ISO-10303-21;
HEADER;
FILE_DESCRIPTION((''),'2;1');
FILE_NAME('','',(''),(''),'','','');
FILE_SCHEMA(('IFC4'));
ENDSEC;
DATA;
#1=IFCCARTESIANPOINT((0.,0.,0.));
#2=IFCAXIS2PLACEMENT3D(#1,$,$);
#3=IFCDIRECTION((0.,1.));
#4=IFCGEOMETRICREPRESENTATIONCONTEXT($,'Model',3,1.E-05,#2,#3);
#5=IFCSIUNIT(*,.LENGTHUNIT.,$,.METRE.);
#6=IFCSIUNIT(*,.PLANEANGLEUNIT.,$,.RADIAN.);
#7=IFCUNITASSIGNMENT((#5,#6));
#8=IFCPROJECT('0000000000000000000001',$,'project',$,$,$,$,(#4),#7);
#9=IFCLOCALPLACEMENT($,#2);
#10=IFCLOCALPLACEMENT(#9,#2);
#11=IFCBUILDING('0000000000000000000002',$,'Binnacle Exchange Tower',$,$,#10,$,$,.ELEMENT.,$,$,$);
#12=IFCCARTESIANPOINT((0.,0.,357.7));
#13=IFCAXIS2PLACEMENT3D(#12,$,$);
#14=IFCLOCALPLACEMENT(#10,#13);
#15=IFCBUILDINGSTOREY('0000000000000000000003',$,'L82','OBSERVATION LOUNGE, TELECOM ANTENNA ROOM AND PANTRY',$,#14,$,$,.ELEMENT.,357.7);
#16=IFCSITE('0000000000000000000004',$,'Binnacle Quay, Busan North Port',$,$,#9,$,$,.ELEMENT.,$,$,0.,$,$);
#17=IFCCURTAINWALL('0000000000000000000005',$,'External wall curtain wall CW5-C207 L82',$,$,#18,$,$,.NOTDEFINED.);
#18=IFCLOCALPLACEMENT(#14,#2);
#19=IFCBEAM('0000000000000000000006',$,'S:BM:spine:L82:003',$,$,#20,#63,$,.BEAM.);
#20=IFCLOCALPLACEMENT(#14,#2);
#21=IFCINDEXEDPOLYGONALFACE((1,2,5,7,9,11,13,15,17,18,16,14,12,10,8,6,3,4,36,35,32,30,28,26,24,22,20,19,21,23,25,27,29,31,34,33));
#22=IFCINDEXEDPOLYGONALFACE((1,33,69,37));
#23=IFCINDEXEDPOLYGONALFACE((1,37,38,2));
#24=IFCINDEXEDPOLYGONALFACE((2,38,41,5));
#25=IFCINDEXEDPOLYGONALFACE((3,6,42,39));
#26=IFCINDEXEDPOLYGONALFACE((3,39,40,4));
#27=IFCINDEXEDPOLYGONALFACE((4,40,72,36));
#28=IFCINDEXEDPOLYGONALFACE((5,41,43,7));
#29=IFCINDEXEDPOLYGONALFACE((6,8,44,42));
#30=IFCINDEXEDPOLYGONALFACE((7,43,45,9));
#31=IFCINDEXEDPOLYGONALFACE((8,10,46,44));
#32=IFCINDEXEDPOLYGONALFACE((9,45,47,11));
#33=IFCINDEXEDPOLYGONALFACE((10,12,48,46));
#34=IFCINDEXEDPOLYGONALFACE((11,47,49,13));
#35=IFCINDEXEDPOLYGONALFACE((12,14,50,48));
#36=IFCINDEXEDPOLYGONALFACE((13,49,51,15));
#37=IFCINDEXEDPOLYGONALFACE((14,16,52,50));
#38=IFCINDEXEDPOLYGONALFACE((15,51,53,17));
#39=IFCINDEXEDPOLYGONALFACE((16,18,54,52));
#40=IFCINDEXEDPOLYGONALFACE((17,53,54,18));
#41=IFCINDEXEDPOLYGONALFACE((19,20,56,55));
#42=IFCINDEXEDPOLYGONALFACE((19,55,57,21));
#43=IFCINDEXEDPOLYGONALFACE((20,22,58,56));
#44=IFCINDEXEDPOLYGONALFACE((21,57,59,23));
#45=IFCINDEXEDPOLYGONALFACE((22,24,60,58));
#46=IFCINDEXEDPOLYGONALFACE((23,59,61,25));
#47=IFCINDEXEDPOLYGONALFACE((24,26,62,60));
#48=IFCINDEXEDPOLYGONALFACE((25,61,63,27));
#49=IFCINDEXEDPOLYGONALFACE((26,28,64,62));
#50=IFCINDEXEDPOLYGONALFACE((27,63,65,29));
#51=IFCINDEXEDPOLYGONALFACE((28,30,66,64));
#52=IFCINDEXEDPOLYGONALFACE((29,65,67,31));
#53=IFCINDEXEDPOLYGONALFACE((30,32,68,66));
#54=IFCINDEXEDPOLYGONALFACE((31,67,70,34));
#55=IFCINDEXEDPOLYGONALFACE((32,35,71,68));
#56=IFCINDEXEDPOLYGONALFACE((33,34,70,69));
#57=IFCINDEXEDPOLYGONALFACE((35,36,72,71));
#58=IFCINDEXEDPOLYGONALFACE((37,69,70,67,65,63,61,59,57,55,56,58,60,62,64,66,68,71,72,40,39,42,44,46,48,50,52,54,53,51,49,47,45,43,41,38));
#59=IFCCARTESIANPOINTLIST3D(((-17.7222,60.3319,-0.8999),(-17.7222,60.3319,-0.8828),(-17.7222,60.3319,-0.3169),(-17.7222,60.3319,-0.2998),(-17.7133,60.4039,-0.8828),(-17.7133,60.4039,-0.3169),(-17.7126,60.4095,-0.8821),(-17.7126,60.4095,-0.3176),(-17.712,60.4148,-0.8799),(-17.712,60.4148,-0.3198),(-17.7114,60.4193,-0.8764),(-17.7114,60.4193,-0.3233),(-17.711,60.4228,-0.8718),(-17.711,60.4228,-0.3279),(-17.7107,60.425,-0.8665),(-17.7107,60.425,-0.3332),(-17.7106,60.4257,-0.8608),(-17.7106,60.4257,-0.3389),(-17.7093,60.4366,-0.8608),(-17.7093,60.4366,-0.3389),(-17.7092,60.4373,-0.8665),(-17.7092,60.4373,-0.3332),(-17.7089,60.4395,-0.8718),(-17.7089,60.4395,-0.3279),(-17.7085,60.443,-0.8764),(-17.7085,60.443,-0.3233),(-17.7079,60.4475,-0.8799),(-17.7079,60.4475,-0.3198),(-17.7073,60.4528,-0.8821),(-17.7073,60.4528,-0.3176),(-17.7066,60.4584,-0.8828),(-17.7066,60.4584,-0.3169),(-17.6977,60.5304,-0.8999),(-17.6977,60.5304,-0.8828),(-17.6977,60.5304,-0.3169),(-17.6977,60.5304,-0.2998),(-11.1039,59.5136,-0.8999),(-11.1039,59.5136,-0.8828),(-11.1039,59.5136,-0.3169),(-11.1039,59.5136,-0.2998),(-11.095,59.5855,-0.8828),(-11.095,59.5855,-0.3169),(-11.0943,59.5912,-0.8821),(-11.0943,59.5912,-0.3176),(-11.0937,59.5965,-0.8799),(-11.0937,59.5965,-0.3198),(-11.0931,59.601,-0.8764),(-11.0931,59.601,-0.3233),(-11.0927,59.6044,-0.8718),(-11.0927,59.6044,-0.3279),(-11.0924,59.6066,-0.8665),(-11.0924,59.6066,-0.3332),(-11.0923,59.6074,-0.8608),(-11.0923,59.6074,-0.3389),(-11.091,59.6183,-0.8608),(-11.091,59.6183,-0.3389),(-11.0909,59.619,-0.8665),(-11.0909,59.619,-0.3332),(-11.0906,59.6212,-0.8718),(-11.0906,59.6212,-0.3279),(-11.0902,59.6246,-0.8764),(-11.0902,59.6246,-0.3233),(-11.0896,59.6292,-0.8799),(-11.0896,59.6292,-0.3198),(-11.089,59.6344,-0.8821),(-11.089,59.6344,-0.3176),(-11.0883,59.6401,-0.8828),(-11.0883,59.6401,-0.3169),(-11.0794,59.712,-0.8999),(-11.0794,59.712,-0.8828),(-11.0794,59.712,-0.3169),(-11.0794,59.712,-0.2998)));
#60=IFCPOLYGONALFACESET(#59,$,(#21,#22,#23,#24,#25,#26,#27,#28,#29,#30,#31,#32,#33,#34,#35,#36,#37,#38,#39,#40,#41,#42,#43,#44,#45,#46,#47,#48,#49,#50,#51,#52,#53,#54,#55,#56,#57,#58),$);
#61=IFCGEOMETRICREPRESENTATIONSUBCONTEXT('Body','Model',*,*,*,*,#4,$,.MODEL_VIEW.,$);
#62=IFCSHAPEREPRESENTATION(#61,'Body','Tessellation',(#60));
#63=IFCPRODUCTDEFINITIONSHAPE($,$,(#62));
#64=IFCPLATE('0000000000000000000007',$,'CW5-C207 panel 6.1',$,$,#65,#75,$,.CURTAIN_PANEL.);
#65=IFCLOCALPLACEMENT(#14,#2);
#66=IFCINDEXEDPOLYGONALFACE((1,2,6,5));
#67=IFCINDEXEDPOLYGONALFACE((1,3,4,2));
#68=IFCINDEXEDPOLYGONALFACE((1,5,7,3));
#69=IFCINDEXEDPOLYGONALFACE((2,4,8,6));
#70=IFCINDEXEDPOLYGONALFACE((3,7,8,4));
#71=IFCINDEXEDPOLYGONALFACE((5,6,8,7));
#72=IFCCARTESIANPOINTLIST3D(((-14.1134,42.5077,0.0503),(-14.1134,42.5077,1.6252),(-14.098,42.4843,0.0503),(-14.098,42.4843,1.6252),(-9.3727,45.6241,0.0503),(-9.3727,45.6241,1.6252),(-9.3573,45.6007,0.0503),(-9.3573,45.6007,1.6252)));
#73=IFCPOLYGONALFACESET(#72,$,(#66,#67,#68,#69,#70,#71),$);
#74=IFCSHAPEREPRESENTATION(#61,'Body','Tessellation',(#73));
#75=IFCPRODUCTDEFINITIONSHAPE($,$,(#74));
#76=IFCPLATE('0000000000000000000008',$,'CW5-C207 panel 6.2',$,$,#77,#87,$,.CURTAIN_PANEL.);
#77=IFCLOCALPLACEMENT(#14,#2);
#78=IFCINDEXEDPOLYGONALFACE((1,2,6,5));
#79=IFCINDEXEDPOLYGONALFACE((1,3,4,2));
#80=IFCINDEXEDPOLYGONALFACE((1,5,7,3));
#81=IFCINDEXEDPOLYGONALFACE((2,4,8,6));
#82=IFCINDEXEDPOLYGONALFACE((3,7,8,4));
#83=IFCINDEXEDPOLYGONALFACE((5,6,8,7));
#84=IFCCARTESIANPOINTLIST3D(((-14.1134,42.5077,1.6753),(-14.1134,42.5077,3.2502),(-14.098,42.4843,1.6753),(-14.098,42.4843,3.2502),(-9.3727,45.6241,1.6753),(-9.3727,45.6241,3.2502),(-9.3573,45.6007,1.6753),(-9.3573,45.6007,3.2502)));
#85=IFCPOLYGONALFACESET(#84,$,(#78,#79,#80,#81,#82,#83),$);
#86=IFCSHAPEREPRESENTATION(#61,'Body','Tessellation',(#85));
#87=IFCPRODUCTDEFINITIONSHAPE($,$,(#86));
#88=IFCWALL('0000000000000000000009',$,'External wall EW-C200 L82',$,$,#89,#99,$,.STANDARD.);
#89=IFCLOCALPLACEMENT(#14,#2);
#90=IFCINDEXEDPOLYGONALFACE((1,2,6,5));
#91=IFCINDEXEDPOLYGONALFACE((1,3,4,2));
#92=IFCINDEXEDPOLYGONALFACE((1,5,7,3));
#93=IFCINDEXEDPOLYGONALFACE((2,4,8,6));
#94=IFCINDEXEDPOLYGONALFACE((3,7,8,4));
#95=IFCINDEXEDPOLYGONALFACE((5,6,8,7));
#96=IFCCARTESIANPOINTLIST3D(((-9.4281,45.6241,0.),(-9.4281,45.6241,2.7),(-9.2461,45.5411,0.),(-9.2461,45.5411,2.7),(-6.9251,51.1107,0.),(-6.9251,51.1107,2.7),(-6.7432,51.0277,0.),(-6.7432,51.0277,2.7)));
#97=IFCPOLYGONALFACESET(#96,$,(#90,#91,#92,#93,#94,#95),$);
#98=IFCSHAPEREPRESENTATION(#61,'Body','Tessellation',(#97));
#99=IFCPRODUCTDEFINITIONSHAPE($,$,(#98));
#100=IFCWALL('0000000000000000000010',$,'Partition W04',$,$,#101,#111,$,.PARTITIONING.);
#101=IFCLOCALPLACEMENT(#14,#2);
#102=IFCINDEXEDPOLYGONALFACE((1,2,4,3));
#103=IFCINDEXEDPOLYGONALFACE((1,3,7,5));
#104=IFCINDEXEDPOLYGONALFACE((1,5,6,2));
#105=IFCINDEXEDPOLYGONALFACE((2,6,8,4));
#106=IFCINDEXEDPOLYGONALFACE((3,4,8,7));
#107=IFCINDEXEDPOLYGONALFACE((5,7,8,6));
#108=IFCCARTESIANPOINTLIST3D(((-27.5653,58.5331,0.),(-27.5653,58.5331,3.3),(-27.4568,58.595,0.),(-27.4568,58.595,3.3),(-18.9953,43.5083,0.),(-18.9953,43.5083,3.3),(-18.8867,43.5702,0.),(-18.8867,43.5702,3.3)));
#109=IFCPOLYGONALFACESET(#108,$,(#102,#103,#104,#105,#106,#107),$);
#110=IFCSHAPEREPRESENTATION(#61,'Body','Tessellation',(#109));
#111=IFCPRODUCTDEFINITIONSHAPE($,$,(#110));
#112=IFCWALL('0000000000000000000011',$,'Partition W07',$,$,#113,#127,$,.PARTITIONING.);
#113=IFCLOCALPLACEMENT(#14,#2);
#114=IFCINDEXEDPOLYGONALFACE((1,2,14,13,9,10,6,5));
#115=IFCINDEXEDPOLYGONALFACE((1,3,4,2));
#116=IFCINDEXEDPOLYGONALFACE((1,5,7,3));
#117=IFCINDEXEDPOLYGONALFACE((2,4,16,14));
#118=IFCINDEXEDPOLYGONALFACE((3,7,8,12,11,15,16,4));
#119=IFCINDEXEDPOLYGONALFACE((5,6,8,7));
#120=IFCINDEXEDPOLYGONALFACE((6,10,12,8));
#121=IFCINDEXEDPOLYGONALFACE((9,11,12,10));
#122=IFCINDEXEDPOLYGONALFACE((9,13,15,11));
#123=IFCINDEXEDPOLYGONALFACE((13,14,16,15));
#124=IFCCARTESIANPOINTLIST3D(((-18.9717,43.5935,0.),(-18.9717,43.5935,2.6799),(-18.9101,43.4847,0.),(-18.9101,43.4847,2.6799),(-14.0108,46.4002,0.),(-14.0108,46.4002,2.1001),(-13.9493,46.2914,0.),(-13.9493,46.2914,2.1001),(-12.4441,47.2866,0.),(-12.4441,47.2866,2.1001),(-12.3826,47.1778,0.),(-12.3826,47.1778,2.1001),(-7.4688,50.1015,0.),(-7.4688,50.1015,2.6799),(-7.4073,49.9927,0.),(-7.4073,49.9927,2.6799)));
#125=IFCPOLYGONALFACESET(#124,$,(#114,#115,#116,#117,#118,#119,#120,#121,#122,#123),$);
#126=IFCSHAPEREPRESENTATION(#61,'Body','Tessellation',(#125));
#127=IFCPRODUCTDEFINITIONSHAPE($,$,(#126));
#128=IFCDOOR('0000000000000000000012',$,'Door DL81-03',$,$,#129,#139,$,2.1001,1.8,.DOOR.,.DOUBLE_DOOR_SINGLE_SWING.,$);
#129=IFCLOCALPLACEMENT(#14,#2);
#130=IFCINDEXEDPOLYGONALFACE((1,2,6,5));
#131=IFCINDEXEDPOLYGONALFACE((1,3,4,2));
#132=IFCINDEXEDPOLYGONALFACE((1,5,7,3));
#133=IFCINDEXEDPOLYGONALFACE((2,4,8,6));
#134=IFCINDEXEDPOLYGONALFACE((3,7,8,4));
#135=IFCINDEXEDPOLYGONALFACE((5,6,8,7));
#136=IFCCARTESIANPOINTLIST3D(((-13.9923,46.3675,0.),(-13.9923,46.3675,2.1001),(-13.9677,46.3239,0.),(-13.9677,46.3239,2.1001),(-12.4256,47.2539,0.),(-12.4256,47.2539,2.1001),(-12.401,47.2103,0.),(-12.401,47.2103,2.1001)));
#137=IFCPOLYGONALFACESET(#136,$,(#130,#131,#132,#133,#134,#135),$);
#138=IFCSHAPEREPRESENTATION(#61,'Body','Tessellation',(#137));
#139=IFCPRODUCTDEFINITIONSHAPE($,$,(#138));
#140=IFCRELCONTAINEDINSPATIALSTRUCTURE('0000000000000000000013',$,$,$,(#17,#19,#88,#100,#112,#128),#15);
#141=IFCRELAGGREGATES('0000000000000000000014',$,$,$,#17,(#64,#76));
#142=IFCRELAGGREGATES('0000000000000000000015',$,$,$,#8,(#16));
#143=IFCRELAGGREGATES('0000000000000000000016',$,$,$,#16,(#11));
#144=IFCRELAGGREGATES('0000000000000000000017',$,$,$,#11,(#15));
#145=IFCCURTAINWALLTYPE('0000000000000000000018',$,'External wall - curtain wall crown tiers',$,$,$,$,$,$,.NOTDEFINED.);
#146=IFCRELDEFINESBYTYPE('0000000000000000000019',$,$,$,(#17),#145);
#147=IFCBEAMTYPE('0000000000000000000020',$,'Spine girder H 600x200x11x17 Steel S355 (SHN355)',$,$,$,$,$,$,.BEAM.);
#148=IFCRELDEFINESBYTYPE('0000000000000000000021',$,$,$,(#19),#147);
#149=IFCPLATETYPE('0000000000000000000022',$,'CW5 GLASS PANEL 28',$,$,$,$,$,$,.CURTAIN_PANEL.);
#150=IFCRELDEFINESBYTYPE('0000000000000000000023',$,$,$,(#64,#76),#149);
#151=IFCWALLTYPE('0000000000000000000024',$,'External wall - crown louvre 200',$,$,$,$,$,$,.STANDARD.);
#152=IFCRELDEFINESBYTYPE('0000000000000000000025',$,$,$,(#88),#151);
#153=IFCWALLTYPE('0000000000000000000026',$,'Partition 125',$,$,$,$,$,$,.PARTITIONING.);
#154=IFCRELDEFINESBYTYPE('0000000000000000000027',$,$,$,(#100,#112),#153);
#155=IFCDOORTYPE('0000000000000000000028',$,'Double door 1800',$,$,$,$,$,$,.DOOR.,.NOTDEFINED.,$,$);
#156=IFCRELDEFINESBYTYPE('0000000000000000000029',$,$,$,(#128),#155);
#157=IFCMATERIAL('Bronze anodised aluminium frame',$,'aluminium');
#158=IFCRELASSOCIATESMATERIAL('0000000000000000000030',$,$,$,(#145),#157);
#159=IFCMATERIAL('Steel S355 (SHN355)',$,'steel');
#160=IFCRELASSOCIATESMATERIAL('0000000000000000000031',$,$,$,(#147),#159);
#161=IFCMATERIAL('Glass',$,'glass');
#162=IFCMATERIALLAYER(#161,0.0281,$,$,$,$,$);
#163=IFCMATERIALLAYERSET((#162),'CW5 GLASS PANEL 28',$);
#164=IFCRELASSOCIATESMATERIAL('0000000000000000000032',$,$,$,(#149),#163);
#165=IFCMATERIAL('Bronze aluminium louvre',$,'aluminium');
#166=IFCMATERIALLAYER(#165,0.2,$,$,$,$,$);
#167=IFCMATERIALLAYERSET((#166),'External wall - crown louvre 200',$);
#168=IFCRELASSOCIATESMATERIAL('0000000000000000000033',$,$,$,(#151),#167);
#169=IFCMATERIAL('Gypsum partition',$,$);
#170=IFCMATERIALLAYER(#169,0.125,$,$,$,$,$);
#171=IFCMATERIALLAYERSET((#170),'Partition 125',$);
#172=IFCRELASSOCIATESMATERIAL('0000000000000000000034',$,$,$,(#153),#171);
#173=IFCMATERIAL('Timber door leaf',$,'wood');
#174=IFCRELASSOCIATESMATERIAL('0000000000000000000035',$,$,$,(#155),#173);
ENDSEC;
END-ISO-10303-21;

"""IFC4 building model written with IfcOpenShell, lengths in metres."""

from ifc_helpers import new_model, si_unit, direction, frame, frame_2d, origin, origin_2d, place, context, subcontext, project, spatial, rectangle, i_section, extrude, material, layer, layer_set, material_profile, profile_set, type_object, element, fill, aggregate, save


model = new_model("IFC4")

# Units and contexts
model_context = context("Model", 3, precision=1e-05, world=origin(), true_north=direction((0.0, 1.0)))
body_context = subcontext(model_context, "Body", "Model", "MODEL_VIEW")
ifc_project = project(units=[si_unit("LENGTHUNIT", "METRE"), si_unit("PLANEANGLEUNIT", "RADIAN")], contexts=[model_context])

# Site, building, storey
site_placement = place(None, origin())
site = spatial("IfcSite", under=ifc_project, at=site_placement, Name="Binnacle Quay, Busan North Port", CompositionType="ELEMENT", RefElevation=0.0)
building_placement = place(site_placement, origin())
building = spatial("IfcBuilding", under=site, at=building_placement, Name="Binnacle Exchange Tower", CompositionType="ELEMENT")
storey_placement = place(building_placement, frame((0.0, 0.0, 357.7)))
storey = spatial("IfcBuildingStorey", under=building, at=storey_placement, Name="L82", Description="OBSERVATION LOUNGE, TELECOM ANTENNA ROOM AND PANTRY", CompositionType="ELEMENT", Elevation=357.7)

# Shared definitions
ifc_material_1 = material(Name="Steel S355 (SHN355)", Category="steel")

# Shared definitions
ifc_material_2 = material(Name="Bronze anodised aluminium frame", Category="aluminium")
curtain_wall_type = type_object("IfcCurtainWallType", Name="External wall - curtain wall crown tiers", PredefinedType="NOTDEFINED", material=ifc_material_2)

# Curtain wall
curtain_wall_1_placement = place(storey_placement, origin())
curtain_wall_1 = element("IfcCurtainWall", 1, at=curtain_wall_1_placement, inside=storey, type_object=curtain_wall_type, Name="External wall curtain wall CW5-C207 L82", PredefinedType="NOTDEFINED")

# Beam
ifc_material_profile_1 = material_profile(ifc_material_1, i_section(OverallWidth=0.2, OverallDepth=0.6001, WebThickness=0.011, FlangeThickness=0.0171, FilletRadius=0.022, at=origin_2d()), Name="H 600x200x11x17")
ifc_profile_set_1 = profile_set([ifc_material_profile_1], Name="Steel S355 (SHN355)")
beam_type_1 = type_object("IfcBeamType", Name="Spine girder H 600x200x11x17 Steel S355 (SHN355)", PredefinedType="BEAM", material=ifc_profile_set_1)
beam_1_placement = place(storey_placement, frame((-17.71, 60.4312, -0.5999), z_axis=(0.992442, -0.122714, 0.0), x_axis=(0.122714, 0.992442, 0.0)))
element("IfcBeam", 2, at=beam_1_placement, inside=storey, type_object=beam_type_1, Name="S:BM:spine:L82:003", PredefinedType="BEAM", context=body_context, shape_type="SweptSolid", body=[
    extrude(i_section(OverallWidth=0.2, OverallDepth=0.6001, WebThickness=0.011, FlangeThickness=0.0171, FilletRadius=0.022, at=origin_2d()), origin(), (0.0, 0.0, 1.0), 6.6687),
])

# Plates
ifc_material_3 = material(Name="Glass", Category="glass")
ifc_layer_1 = layer(ifc_material_3, 0.0281)
ifc_layer_set_1 = layer_set([ifc_layer_1], Name="CW5 GLASS PANEL 28")
plate_type = type_object("IfcPlateType", Name="CW5 GLASS PANEL 28", PredefinedType="CURTAIN_PANEL", material=ifc_layer_set_1)
plate_1_placement = place(storey_placement, frame((-11.7354, 44.0542, 0.0503), z_axis=(0.0, 0.0, 1.0), x_axis=(0.835618, 0.54931, 0.0)))
plate_1 = element("IfcPlate", 3, at=plate_1_placement, type_object=plate_type, Name="CW5-C207 panel 6.1", PredefinedType="CURTAIN_PANEL", context=body_context, shape_type="SweptSolid", body=[
    extrude(rectangle(XDim=5.6733, YDim=0.0281, at=origin_2d()), origin(), (0.0, 0.0, 1.0), 1.575),
])
plate_2_placement = place(storey_placement, frame((-11.7354, 44.0542, 1.6753), z_axis=(0.0, 0.0, 1.0), x_axis=(0.835618, 0.54931, 0.0)))
plate_2 = element("IfcPlate", 4, at=plate_2_placement, type_object=plate_type, Name="CW5-C207 panel 6.2", PredefinedType="CURTAIN_PANEL", context=body_context, shape_type="SweptSolid", body=[
    extrude(rectangle(XDim=5.6733, YDim=0.0281, at=origin_2d()), origin(), (0.0, 0.0, 1.0), 1.575),
])
aggregate(curtain_wall_1, [plate_1, plate_2])

# Walls
ifc_material_4 = material(Name="Bronze aluminium louvre", Category="aluminium")
ifc_layer_2 = layer(ifc_material_4, 0.2)
ifc_layer_set_2 = layer_set([ifc_layer_2], Name="External wall - crown louvre 200")
wall_type_1 = type_object("IfcWallType", Name="External wall - crown louvre 200", PredefinedType="STANDARD", material=ifc_layer_set_2)
wall_1_placement = place(storey_placement, frame((-6.8342, 51.0691, 0.0), z_axis=(0.0, 0.0, 1.0), x_axis=(-0.415044, -0.909801, 0.0)))
element("IfcWall", 5, at=wall_1_placement, inside=storey, type_object=wall_type_1, Name="External wall EW-C200 L82", PredefinedType="STANDARD", context=body_context, shape_type="SweptSolid", body=[
    extrude(rectangle(XDim=6.0305, YDim=0.2, at=frame_2d((3.0151, 0.0))), origin(), (0.0, 0.0, 1.0), 2.7),
])
ifc_material_5 = material(Name="Gypsum partition")
ifc_layer_3 = layer(ifc_material_5, 0.125)
ifc_layer_set_3 = layer_set([ifc_layer_3], Name="Partition 125")
wall_type_2 = type_object("IfcWallType", Name="Partition 125", PredefinedType="PARTITIONING", material=ifc_layer_set_3)
wall_2_placement = place(storey_placement, frame((-27.511, 58.564, 0.0), z_axis=(0.0, 0.0, 1.0), x_axis=(0.495459, -0.868631, 0.0)))
element("IfcWall", 6, at=wall_2_placement, inside=storey, type_object=wall_type_2, Name="Partition W04", PredefinedType="PARTITIONING", context=body_context, shape_type="SweptSolid", body=[
    extrude(rectangle(XDim=17.2971, YDim=0.125, at=frame_2d((8.6484, 0.0))), origin(), (0.0, 0.0, 1.0), 3.3),
])

# Wall, opening, door
wall_3_placement = place(storey_placement, frame((-18.9409, 43.5391, 0.0), z_axis=(0.0, 0.0, 1.0), x_axis=(0.870355, 0.492424, 0.0)))
wall_3 = element("IfcWall", 7, at=wall_3_placement, inside=storey, type_object=wall_type_2, Name="Partition W07", PredefinedType="PARTITIONING", context=body_context, shape_type="SweptSolid", body=[
    extrude(rectangle(XDim=13.2163, YDim=0.125, at=frame_2d((6.6082, 0.0))), origin(), (0.0, 0.0, 1.0), 2.6799),
])
opening_placement = place(wall_3_placement, frame((5.7, 0.0, 0.0)))
opening = element("IfcOpeningElement", 8, at=opening_placement, cuts=wall_3, PredefinedType="OPENING", context=body_context, shape_type="SweptSolid", body=[
    extrude(rectangle(XDim=1.8, YDim=2.1001, at=frame_2d((0.8999, 1.05))), frame((0.0, 0.0725, 0.0), z_axis=(0.0, -1.0, 0.0), x_axis=(1.0, 0.0, 0.0)), (0.0, 0.0, 1.0), 0.145),
])
ifc_material_6 = material(Name="Timber door leaf", Category="wood")
door_type = type_object("IfcDoorType", Name="Double door 1800", OperationType="NOTDEFINED", PredefinedType="DOOR", material=ifc_material_6)
door_placement = place(opening_placement, origin())
door = element("IfcDoor", 9, at=door_placement, inside=storey, type_object=door_type, Name="Door DL81-03", OperationType="DOUBLE_DOOR_SINGLE_SWING", OverallHeight=2.1001, OverallWidth=1.8, PredefinedType="DOOR", context=body_context, shape_type="SweptSolid", body=[
    extrude(rectangle(XDim=1.8, YDim=2.1001, at=frame_2d((0.8999, 1.05))), frame((0.0, 0.0249, 0.0), z_axis=(0.0, -1.0, 0.0), x_axis=(1.0, 0.0, 0.0)), (0.0, 0.0, 1.0), 0.05),
])
fill(opening, door)

save(model, "model.ifc")
